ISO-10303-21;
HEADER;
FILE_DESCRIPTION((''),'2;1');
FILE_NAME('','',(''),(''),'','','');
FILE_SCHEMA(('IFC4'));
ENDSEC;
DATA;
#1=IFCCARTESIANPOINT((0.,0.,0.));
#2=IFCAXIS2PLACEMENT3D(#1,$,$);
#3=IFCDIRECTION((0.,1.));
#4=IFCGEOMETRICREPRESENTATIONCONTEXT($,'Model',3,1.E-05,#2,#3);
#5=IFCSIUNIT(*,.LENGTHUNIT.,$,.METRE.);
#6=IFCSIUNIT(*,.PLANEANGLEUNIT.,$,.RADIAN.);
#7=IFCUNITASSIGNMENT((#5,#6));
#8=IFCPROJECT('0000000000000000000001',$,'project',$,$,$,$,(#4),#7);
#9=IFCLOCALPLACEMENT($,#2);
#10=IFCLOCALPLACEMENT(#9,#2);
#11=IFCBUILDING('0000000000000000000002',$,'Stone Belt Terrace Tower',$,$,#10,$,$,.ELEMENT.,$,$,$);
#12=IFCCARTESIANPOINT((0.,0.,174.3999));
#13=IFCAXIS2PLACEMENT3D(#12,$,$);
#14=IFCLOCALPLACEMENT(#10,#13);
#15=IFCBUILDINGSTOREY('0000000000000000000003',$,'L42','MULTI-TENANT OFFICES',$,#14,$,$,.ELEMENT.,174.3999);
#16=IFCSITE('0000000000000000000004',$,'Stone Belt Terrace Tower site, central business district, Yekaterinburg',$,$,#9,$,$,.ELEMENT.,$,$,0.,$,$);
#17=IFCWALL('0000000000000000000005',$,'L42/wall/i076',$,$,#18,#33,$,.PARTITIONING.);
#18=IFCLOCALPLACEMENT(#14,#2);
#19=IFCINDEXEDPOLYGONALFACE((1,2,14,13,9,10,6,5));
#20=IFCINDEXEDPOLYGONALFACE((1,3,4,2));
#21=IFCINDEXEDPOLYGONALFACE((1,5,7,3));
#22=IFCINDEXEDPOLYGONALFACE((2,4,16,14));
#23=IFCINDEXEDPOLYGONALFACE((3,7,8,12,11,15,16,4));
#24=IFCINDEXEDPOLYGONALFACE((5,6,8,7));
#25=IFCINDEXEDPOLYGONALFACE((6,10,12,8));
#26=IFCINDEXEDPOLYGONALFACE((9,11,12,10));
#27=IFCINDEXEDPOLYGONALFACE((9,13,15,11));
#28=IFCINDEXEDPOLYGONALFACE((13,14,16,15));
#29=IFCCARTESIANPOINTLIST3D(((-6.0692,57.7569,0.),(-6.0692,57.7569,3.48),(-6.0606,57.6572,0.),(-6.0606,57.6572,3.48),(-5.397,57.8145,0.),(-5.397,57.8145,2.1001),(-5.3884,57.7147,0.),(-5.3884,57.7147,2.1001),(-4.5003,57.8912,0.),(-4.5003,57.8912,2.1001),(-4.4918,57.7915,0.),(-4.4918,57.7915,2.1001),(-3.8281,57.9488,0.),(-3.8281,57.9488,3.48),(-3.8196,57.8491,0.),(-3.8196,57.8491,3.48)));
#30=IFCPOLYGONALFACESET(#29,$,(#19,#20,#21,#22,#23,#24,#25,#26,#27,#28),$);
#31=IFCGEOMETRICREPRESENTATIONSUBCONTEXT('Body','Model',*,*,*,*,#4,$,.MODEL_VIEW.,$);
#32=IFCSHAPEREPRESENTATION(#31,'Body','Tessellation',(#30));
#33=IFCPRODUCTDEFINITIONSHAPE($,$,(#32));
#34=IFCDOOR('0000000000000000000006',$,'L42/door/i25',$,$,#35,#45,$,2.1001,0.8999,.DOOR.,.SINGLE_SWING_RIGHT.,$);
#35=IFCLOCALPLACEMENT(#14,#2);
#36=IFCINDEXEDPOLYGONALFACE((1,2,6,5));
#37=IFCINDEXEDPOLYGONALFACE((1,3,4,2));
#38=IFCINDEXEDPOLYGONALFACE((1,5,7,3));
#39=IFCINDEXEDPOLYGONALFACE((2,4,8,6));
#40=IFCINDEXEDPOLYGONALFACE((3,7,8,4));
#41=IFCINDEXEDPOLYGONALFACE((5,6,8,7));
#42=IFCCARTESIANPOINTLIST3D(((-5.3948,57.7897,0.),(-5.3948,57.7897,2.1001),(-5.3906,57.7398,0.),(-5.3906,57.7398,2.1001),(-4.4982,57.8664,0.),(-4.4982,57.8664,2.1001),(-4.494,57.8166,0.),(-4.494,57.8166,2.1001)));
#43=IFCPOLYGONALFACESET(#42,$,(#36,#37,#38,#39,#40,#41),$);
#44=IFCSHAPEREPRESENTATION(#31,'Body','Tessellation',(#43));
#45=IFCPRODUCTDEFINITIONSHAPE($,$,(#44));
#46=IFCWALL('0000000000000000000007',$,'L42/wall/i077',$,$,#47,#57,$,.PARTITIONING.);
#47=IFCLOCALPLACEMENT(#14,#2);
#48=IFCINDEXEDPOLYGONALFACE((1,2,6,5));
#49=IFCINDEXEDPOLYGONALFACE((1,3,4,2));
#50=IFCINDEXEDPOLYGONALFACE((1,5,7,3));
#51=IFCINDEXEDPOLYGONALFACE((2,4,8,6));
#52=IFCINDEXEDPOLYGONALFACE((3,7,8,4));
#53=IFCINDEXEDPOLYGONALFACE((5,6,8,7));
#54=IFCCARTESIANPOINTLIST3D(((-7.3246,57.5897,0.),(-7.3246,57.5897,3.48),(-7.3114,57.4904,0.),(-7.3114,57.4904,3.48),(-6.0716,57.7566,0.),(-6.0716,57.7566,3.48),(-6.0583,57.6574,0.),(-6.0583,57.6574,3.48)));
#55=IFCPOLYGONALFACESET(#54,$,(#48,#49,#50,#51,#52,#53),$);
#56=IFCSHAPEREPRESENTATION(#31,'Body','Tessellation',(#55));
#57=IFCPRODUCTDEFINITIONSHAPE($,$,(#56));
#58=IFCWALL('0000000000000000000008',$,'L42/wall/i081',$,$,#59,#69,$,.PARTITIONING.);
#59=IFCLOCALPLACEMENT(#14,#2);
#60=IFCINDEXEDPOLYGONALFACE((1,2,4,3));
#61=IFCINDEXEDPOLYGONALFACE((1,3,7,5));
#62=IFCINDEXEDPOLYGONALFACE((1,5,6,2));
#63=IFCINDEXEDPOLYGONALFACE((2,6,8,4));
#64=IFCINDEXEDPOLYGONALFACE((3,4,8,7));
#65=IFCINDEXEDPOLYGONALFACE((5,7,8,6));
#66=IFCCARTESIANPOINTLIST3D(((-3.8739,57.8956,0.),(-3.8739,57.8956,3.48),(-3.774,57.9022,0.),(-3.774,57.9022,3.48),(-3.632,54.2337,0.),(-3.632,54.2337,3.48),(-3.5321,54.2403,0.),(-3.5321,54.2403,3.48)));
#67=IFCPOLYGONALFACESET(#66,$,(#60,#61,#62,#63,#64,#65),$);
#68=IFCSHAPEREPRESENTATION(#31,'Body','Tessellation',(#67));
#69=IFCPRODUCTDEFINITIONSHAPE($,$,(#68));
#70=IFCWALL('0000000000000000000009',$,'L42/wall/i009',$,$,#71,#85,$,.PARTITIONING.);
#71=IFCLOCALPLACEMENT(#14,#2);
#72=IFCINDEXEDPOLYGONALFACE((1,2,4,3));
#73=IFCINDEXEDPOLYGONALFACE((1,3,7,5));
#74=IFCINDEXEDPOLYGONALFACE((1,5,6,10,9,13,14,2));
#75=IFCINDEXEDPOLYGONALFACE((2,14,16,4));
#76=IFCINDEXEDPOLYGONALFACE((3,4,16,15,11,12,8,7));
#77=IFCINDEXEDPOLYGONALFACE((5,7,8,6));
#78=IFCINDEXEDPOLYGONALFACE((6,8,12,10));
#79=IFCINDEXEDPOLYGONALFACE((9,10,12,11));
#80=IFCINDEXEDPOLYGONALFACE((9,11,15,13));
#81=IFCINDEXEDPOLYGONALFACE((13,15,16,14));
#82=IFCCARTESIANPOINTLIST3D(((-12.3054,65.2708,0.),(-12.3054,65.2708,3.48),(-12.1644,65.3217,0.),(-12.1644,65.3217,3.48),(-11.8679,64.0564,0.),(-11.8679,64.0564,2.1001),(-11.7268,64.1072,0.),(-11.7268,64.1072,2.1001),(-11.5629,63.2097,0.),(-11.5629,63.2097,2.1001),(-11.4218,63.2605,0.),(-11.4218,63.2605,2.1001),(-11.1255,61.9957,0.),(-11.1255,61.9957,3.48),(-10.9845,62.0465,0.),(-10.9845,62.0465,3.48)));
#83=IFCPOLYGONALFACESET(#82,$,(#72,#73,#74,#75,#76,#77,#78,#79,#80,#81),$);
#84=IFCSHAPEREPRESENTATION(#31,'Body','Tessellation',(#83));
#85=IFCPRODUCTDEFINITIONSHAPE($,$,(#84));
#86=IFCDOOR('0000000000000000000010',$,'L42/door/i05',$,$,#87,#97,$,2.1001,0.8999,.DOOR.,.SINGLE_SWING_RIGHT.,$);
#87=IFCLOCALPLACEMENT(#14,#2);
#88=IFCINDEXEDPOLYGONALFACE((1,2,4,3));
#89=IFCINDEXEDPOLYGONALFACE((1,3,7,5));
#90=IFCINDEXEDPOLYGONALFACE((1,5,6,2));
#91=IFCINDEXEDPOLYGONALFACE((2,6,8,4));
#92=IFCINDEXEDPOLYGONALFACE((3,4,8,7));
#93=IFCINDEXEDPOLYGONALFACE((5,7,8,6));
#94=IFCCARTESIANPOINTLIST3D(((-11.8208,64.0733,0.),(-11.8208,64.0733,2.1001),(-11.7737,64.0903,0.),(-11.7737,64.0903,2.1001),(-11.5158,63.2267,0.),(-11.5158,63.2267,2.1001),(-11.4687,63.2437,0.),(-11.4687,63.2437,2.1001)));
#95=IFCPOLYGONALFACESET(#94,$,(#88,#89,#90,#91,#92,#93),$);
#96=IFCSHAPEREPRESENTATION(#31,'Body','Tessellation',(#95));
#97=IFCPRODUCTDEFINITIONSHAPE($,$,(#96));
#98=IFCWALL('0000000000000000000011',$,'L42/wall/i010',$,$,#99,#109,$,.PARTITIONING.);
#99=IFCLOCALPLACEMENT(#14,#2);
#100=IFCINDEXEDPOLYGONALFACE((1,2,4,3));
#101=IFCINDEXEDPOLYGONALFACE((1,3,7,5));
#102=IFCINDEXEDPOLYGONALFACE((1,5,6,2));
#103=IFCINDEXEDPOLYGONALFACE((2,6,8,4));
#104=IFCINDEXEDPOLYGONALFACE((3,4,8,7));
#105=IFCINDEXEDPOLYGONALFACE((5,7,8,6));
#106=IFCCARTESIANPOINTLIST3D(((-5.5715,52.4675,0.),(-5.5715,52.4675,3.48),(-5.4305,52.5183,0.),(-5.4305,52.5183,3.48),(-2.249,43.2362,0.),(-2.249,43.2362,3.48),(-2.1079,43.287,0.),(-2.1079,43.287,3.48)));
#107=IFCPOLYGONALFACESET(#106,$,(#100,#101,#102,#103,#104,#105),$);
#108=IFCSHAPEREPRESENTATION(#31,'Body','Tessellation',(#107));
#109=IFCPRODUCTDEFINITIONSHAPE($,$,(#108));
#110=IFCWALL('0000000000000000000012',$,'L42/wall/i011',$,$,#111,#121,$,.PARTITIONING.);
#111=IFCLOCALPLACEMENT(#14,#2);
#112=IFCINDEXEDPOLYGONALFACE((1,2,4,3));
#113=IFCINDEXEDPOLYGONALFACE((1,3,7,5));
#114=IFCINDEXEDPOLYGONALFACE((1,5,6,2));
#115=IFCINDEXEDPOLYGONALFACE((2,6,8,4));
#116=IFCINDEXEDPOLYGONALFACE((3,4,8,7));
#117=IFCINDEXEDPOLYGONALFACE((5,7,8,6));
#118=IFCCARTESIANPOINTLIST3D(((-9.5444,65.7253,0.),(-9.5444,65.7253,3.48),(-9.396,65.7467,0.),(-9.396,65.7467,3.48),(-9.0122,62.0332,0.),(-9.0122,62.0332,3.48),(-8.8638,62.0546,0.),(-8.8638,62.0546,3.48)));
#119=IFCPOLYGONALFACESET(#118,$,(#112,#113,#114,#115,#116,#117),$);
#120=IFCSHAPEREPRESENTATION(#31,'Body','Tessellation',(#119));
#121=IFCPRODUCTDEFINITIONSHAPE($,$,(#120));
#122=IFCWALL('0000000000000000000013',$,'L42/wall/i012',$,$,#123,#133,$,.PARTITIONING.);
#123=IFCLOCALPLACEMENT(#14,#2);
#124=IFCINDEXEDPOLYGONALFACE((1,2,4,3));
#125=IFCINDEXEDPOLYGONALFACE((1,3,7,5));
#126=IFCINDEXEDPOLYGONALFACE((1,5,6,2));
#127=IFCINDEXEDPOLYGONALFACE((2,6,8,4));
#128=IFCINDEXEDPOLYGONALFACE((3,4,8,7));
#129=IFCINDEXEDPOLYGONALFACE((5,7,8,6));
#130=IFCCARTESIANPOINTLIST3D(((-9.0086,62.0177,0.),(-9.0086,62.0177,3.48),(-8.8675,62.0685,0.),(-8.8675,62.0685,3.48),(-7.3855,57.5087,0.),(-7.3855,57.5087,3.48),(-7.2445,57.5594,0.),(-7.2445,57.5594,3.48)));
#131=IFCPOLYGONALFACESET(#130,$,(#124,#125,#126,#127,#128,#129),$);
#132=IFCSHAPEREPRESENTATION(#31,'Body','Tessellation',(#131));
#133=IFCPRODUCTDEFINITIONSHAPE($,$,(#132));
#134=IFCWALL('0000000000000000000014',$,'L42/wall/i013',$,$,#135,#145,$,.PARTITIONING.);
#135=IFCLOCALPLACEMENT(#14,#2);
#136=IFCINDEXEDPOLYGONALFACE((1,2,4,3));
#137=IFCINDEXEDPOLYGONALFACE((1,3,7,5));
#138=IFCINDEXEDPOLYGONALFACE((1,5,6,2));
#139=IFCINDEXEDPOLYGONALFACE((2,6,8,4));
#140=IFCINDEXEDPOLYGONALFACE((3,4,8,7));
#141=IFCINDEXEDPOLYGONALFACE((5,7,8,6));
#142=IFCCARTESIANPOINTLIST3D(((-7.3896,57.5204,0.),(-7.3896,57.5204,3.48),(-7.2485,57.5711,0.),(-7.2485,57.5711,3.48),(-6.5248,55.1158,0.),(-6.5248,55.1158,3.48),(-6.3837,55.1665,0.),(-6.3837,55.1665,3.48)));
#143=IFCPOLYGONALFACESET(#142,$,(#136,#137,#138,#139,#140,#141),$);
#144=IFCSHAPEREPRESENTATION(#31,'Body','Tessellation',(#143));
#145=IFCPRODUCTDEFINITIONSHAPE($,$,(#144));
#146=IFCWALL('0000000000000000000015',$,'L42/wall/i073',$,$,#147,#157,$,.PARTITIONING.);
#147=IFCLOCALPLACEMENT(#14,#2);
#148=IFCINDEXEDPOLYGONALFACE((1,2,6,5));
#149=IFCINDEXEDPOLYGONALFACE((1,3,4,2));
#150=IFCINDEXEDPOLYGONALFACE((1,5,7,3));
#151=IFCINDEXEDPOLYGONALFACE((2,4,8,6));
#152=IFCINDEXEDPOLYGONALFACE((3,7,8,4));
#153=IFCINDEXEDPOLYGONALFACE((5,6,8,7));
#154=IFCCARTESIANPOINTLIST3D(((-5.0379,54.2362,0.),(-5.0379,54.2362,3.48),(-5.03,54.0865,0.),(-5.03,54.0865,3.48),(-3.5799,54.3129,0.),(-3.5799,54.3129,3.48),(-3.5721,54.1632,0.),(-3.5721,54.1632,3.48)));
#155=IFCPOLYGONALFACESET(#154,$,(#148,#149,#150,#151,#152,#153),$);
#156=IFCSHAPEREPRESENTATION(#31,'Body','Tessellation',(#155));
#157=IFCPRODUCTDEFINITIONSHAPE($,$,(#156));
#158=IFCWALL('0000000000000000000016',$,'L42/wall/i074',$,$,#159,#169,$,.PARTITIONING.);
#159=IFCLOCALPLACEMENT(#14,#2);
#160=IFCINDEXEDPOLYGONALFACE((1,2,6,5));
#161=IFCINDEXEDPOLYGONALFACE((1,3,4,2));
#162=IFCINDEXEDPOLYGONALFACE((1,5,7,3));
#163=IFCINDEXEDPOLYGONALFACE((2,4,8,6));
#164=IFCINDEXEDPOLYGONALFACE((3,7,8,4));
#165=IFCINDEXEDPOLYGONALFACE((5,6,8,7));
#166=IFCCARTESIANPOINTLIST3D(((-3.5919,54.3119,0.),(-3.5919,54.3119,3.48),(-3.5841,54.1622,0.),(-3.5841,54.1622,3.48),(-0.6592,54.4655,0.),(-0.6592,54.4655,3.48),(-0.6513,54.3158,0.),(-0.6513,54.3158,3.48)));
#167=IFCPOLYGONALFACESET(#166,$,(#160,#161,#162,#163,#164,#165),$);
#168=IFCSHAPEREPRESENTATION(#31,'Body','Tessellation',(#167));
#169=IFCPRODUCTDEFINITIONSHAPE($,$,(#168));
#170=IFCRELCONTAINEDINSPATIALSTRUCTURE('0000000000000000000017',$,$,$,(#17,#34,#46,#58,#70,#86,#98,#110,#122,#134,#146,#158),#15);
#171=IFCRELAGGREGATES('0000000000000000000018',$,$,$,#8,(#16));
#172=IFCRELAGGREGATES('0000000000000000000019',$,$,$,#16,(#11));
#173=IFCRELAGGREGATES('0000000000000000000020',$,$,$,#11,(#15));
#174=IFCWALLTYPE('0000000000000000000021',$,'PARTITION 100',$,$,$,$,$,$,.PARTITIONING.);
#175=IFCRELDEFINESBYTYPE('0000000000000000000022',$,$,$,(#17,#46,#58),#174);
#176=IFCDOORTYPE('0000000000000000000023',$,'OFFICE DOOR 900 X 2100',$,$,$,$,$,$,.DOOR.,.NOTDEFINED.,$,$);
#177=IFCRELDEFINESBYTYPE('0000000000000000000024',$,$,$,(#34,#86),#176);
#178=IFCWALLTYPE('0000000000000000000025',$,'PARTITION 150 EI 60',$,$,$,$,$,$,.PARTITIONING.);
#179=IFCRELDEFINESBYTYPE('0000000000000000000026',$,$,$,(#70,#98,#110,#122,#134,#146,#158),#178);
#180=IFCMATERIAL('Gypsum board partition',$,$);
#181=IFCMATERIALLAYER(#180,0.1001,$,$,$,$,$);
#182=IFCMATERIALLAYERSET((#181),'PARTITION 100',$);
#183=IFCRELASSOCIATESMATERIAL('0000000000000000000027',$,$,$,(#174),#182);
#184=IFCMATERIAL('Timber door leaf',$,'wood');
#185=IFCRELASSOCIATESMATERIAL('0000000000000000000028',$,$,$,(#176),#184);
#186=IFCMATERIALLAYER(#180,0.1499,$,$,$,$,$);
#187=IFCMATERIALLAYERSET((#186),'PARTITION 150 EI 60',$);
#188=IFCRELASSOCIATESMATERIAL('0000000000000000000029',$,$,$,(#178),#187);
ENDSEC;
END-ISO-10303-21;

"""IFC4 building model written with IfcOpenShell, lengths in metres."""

from ifc_helpers import new_model, si_unit, direction, frame, frame_2d, origin, place, context, subcontext, project, spatial, rectangle, extrude, material, layer, layer_set, type_object, element, fill, save


model = new_model("IFC4")

# Units and contexts
model_context = context("Model", 3, precision=1e-05, world=origin(), true_north=direction((0.0, 1.0)))
body_context = subcontext(model_context, "Body", "Model", "MODEL_VIEW")
ifc_project = project(units=[si_unit("LENGTHUNIT", "METRE"), si_unit("PLANEANGLEUNIT", "RADIAN")], contexts=[model_context])

# Site, building, storey
site_placement = place(None, origin())
site = spatial("IfcSite", under=ifc_project, at=site_placement, Name="Stone Belt Terrace Tower site, central business district, Yekaterinburg", CompositionType="ELEMENT", RefElevation=0.0)
building_placement = place(site_placement, origin())
building = spatial("IfcBuilding", under=site, at=building_placement, Name="Stone Belt Terrace Tower", CompositionType="ELEMENT")
storey_placement = place(building_placement, frame((0.0, 0.0, 174.3999)))
storey = spatial("IfcBuildingStorey", under=building, at=storey_placement, Name="L42", Description="MULTI-TENANT OFFICES", CompositionType="ELEMENT", Elevation=174.3999)

# Shared definitions
ifc_material_1 = material(Name="Timber door leaf", Category="wood")

# Wall, opening, door
ifc_material_2 = material(Name="Gypsum board partition")
ifc_layer_1 = layer(ifc_material_2, 0.1001)
ifc_layer_set_1 = layer_set([ifc_layer_1], Name="PARTITION 100")
wall_type_1 = type_object("IfcWallType", Name="PARTITION 100", PredefinedType="PARTITIONING", material=ifc_layer_set_1)
wall_1_placement = place(storey_placement, frame((-3.824, 57.8989, 0.0), z_axis=(0.0, 0.0, 1.0), x_axis=(-0.996354, -0.085318, 0.0)))
wall_1 = element("IfcWall", 1, at=wall_1_placement, inside=storey, type_object=wall_type_1, Name="L42/wall/i076", PredefinedType="PARTITIONING", context=body_context, shape_type="SweptSolid", body=[
    extrude(rectangle(XDim=2.2493, YDim=0.1001, at=frame_2d((1.1245, 0.0))), origin(), (0.0, 0.0, 1.0), 3.48),
])
opening_1_placement = place(wall_1_placement, frame((0.6746, 0.0, 0.0)))
opening_1 = element("IfcOpeningElement", 2, at=opening_1_placement, cuts=wall_1, PredefinedType="OPENING", context=body_context, shape_type="SweptSolid", body=[
    extrude(rectangle(XDim=0.8999, YDim=2.1001, at=frame_2d((0.45, 1.05))), frame((0.0, 0.0601, 0.0), z_axis=(0.0, -1.0, 0.0), x_axis=(1.0, 0.0, 0.0)), (0.0, 0.0, 1.0), 0.1201),
])
door_type_1 = type_object("IfcDoorType", Name="OFFICE DOOR 900 X 2100", OperationType="NOTDEFINED", PredefinedType="DOOR", material=ifc_material_1)
door_1_placement = place(opening_1_placement, origin())
door_1 = element("IfcDoor", 3, at=door_1_placement, inside=storey, type_object=door_type_1, Name="L42/door/i25", OperationType="SINGLE_SWING_RIGHT", OverallHeight=2.1001, OverallWidth=0.8999, PredefinedType="DOOR", context=body_context, shape_type="SweptSolid", body=[
    extrude(rectangle(XDim=0.8999, YDim=2.1001, at=frame_2d((0.45, 1.05))), frame((0.0, 0.0249, 0.0), z_axis=(0.0, -1.0, 0.0), x_axis=(1.0, 0.0, 0.0)), (0.0, 0.0, 1.0), 0.05),
])
fill(opening_1, door_1)

# Walls
wall_2_placement = place(storey_placement, frame((-6.0649, 57.707, 0.0), z_axis=(0.0, 0.0, 1.0), x_axis=(-0.991238, -0.132088, 0.0)))
element("IfcWall", 4, at=wall_2_placement, inside=storey, type_object=wall_type_1, Name="L42/wall/i077", PredefinedType="PARTITIONING", context=body_context, shape_type="SweptSolid", body=[
    extrude(rectangle(XDim=1.2642, YDim=0.1001, at=frame_2d((0.6321, 0.0))), origin(), (0.0, 0.0, 1.0), 3.48),
])
wall_3_placement = place(storey_placement, frame((-3.824, 57.8989, 0.0), z_axis=(0.0, 0.0, 1.0), x_axis=(0.065927, -0.997824, 0.0)))
element("IfcWall", 5, at=wall_3_placement, inside=storey, type_object=wall_type_1, Name="L42/wall/i081", PredefinedType="PARTITIONING", context=body_context, shape_type="SweptSolid", body=[
    extrude(rectangle(XDim=3.6699, YDim=0.1001, at=frame_2d((1.835, 0.0))), origin(), (0.0, 0.0, 1.0), 3.48),
])

# Wall, opening, door
ifc_layer_2 = layer(ifc_material_2, 0.1499)
ifc_layer_set_2 = layer_set([ifc_layer_2], Name="PARTITION 150 EI 60")
wall_type_2 = type_object("IfcWallType", Name="PARTITION 150 EI 60", PredefinedType="PARTITIONING", material=ifc_layer_set_2)
wall_4_placement = place(storey_placement, frame((-11.0549, 62.021, 0.0), z_axis=(0.0, 0.0, 1.0), x_axis=(-0.338943, 0.940807, 0.0)))
wall_4 = element("IfcWall", 6, at=wall_4_placement, inside=storey, type_object=wall_type_2, Name="L42/wall/i009", PredefinedType="PARTITIONING", context=body_context, shape_type="SweptSolid", body=[
    extrude(rectangle(XDim=3.4812, YDim=0.1499, at=frame_2d((1.7407, 0.0))), origin(), (0.0, 0.0, 1.0), 3.48),
])
opening_2_placement = place(wall_4_placement, frame((1.2905, 0.0, 0.0)))
opening_2 = element("IfcOpeningElement", 7, at=opening_2_placement, cuts=wall_4, PredefinedType="OPENING", context=body_context, shape_type="SweptSolid", body=[
    extrude(rectangle(XDim=0.8999, YDim=2.1001, at=frame_2d((0.45, 1.05))), frame((0.0, 0.085, 0.0), z_axis=(0.0, -1.0, 0.0), x_axis=(1.0, 0.0, 0.0)), (0.0, 0.0, 1.0), 0.1699),
])
door_2_placement = place(opening_2_placement, origin())
door_2 = element("IfcDoor", 8, at=door_2_placement, inside=storey, type_object=door_type_1, Name="L42/door/i05", OperationType="SINGLE_SWING_RIGHT", OverallHeight=2.1001, OverallWidth=0.8999, PredefinedType="DOOR", context=body_context, shape_type="SweptSolid", body=[
    extrude(rectangle(XDim=0.8999, YDim=2.1001, at=frame_2d((0.45, 1.05))), frame((0.0, 0.0249, 0.0), z_axis=(0.0, -1.0, 0.0), x_axis=(1.0, 0.0, 0.0)), (0.0, 0.0, 1.0), 0.05),
])
fill(opening_2, door_2)

# Walls
wall_5_placement = place(storey_placement, frame((-5.501, 52.4929, 0.0), z_axis=(0.0, 0.0, 1.0), x_axis=(0.338654, -0.940911, 0.0)))
element("IfcWall", 9, at=wall_5_placement, inside=storey, type_object=wall_type_2, Name="L42/wall/i010", PredefinedType="PARTITIONING", context=body_context, shape_type="SweptSolid", body=[
    extrude(rectangle(XDim=9.811, YDim=0.1499, at=frame_2d((4.9055, 0.0))), origin(), (0.0, 0.0, 1.0), 3.48),
])
wall_6_placement = place(storey_placement, frame((-9.4702, 65.7361, 0.0), z_axis=(0.0, 0.0, 1.0), x_axis=(0.142677, -0.989769, 0.0)))
element("IfcWall", 10, at=wall_6_placement, inside=storey, type_object=wall_type_2, Name="L42/wall/i011", PredefinedType="PARTITIONING", context=body_context, shape_type="SweptSolid", body=[
    extrude(rectangle(XDim=3.7302, YDim=0.1499, at=frame_2d((1.8652, 0.0))), origin(), (0.0, 0.0, 1.0), 3.48),
])
wall_7_placement = place(storey_placement, frame((-8.938, 62.043, 0.0), z_axis=(0.0, 0.0, 1.0), x_axis=(0.338682, -0.940901, 0.0)))
element("IfcWall", 11, at=wall_7_placement, inside=storey, type_object=wall_type_2, Name="L42/wall/i012", PredefinedType="PARTITIONING", context=body_context, shape_type="SweptSolid", body=[
    extrude(rectangle(XDim=4.7922, YDim=0.1499, at=frame_2d((2.396, 0.0))), origin(), (0.0, 0.0, 1.0), 3.48),
])
wall_8_placement = place(storey_placement, frame((-7.3191, 57.5459, 0.0), z_axis=(0.0, 0.0, 1.0), x_axis=(0.338412, -0.940998, 0.0)))
element("IfcWall", 12, at=wall_8_placement, inside=storey, type_object=wall_type_2, Name="L42/wall/i013", PredefinedType="PARTITIONING", context=body_context, shape_type="SweptSolid", body=[
    extrude(rectangle(XDim=2.5554, YDim=0.1499, at=frame_2d((1.2778, 0.0))), origin(), (0.0, 0.0, 1.0), 3.48),
])
wall_9_placement = place(storey_placement, frame((-5.0339, 54.1614, 0.0), z_axis=(0.0, 0.0, 1.0), x_axis=(0.998621, 0.052506, 0.0)))
element("IfcWall", 13, at=wall_9_placement, inside=storey, type_object=wall_type_2, Name="L42/wall/i073", PredefinedType="PARTITIONING", context=body_context, shape_type="SweptSolid", body=[
    extrude(rectangle(XDim=1.46, YDim=0.1499, at=frame_2d((0.73, 0.0))), origin(), (0.0, 0.0, 1.0), 3.48),
])
wall_10_placement = place(storey_placement, frame((-3.5879, 54.2371, 0.0), z_axis=(0.0, 0.0, 1.0), x_axis=(0.998632, 0.052288, 0.0)))
element("IfcWall", 14, at=wall_10_placement, inside=storey, type_object=wall_type_2, Name="L42/wall/i074", PredefinedType="PARTITIONING", context=body_context, shape_type="SweptSolid", body=[
    extrude(rectangle(XDim=2.9368, YDim=0.1499, at=frame_2d((1.4683, 0.0))), origin(), (0.0, 0.0, 1.0), 3.48),
])

save(model, "model.ifc")
